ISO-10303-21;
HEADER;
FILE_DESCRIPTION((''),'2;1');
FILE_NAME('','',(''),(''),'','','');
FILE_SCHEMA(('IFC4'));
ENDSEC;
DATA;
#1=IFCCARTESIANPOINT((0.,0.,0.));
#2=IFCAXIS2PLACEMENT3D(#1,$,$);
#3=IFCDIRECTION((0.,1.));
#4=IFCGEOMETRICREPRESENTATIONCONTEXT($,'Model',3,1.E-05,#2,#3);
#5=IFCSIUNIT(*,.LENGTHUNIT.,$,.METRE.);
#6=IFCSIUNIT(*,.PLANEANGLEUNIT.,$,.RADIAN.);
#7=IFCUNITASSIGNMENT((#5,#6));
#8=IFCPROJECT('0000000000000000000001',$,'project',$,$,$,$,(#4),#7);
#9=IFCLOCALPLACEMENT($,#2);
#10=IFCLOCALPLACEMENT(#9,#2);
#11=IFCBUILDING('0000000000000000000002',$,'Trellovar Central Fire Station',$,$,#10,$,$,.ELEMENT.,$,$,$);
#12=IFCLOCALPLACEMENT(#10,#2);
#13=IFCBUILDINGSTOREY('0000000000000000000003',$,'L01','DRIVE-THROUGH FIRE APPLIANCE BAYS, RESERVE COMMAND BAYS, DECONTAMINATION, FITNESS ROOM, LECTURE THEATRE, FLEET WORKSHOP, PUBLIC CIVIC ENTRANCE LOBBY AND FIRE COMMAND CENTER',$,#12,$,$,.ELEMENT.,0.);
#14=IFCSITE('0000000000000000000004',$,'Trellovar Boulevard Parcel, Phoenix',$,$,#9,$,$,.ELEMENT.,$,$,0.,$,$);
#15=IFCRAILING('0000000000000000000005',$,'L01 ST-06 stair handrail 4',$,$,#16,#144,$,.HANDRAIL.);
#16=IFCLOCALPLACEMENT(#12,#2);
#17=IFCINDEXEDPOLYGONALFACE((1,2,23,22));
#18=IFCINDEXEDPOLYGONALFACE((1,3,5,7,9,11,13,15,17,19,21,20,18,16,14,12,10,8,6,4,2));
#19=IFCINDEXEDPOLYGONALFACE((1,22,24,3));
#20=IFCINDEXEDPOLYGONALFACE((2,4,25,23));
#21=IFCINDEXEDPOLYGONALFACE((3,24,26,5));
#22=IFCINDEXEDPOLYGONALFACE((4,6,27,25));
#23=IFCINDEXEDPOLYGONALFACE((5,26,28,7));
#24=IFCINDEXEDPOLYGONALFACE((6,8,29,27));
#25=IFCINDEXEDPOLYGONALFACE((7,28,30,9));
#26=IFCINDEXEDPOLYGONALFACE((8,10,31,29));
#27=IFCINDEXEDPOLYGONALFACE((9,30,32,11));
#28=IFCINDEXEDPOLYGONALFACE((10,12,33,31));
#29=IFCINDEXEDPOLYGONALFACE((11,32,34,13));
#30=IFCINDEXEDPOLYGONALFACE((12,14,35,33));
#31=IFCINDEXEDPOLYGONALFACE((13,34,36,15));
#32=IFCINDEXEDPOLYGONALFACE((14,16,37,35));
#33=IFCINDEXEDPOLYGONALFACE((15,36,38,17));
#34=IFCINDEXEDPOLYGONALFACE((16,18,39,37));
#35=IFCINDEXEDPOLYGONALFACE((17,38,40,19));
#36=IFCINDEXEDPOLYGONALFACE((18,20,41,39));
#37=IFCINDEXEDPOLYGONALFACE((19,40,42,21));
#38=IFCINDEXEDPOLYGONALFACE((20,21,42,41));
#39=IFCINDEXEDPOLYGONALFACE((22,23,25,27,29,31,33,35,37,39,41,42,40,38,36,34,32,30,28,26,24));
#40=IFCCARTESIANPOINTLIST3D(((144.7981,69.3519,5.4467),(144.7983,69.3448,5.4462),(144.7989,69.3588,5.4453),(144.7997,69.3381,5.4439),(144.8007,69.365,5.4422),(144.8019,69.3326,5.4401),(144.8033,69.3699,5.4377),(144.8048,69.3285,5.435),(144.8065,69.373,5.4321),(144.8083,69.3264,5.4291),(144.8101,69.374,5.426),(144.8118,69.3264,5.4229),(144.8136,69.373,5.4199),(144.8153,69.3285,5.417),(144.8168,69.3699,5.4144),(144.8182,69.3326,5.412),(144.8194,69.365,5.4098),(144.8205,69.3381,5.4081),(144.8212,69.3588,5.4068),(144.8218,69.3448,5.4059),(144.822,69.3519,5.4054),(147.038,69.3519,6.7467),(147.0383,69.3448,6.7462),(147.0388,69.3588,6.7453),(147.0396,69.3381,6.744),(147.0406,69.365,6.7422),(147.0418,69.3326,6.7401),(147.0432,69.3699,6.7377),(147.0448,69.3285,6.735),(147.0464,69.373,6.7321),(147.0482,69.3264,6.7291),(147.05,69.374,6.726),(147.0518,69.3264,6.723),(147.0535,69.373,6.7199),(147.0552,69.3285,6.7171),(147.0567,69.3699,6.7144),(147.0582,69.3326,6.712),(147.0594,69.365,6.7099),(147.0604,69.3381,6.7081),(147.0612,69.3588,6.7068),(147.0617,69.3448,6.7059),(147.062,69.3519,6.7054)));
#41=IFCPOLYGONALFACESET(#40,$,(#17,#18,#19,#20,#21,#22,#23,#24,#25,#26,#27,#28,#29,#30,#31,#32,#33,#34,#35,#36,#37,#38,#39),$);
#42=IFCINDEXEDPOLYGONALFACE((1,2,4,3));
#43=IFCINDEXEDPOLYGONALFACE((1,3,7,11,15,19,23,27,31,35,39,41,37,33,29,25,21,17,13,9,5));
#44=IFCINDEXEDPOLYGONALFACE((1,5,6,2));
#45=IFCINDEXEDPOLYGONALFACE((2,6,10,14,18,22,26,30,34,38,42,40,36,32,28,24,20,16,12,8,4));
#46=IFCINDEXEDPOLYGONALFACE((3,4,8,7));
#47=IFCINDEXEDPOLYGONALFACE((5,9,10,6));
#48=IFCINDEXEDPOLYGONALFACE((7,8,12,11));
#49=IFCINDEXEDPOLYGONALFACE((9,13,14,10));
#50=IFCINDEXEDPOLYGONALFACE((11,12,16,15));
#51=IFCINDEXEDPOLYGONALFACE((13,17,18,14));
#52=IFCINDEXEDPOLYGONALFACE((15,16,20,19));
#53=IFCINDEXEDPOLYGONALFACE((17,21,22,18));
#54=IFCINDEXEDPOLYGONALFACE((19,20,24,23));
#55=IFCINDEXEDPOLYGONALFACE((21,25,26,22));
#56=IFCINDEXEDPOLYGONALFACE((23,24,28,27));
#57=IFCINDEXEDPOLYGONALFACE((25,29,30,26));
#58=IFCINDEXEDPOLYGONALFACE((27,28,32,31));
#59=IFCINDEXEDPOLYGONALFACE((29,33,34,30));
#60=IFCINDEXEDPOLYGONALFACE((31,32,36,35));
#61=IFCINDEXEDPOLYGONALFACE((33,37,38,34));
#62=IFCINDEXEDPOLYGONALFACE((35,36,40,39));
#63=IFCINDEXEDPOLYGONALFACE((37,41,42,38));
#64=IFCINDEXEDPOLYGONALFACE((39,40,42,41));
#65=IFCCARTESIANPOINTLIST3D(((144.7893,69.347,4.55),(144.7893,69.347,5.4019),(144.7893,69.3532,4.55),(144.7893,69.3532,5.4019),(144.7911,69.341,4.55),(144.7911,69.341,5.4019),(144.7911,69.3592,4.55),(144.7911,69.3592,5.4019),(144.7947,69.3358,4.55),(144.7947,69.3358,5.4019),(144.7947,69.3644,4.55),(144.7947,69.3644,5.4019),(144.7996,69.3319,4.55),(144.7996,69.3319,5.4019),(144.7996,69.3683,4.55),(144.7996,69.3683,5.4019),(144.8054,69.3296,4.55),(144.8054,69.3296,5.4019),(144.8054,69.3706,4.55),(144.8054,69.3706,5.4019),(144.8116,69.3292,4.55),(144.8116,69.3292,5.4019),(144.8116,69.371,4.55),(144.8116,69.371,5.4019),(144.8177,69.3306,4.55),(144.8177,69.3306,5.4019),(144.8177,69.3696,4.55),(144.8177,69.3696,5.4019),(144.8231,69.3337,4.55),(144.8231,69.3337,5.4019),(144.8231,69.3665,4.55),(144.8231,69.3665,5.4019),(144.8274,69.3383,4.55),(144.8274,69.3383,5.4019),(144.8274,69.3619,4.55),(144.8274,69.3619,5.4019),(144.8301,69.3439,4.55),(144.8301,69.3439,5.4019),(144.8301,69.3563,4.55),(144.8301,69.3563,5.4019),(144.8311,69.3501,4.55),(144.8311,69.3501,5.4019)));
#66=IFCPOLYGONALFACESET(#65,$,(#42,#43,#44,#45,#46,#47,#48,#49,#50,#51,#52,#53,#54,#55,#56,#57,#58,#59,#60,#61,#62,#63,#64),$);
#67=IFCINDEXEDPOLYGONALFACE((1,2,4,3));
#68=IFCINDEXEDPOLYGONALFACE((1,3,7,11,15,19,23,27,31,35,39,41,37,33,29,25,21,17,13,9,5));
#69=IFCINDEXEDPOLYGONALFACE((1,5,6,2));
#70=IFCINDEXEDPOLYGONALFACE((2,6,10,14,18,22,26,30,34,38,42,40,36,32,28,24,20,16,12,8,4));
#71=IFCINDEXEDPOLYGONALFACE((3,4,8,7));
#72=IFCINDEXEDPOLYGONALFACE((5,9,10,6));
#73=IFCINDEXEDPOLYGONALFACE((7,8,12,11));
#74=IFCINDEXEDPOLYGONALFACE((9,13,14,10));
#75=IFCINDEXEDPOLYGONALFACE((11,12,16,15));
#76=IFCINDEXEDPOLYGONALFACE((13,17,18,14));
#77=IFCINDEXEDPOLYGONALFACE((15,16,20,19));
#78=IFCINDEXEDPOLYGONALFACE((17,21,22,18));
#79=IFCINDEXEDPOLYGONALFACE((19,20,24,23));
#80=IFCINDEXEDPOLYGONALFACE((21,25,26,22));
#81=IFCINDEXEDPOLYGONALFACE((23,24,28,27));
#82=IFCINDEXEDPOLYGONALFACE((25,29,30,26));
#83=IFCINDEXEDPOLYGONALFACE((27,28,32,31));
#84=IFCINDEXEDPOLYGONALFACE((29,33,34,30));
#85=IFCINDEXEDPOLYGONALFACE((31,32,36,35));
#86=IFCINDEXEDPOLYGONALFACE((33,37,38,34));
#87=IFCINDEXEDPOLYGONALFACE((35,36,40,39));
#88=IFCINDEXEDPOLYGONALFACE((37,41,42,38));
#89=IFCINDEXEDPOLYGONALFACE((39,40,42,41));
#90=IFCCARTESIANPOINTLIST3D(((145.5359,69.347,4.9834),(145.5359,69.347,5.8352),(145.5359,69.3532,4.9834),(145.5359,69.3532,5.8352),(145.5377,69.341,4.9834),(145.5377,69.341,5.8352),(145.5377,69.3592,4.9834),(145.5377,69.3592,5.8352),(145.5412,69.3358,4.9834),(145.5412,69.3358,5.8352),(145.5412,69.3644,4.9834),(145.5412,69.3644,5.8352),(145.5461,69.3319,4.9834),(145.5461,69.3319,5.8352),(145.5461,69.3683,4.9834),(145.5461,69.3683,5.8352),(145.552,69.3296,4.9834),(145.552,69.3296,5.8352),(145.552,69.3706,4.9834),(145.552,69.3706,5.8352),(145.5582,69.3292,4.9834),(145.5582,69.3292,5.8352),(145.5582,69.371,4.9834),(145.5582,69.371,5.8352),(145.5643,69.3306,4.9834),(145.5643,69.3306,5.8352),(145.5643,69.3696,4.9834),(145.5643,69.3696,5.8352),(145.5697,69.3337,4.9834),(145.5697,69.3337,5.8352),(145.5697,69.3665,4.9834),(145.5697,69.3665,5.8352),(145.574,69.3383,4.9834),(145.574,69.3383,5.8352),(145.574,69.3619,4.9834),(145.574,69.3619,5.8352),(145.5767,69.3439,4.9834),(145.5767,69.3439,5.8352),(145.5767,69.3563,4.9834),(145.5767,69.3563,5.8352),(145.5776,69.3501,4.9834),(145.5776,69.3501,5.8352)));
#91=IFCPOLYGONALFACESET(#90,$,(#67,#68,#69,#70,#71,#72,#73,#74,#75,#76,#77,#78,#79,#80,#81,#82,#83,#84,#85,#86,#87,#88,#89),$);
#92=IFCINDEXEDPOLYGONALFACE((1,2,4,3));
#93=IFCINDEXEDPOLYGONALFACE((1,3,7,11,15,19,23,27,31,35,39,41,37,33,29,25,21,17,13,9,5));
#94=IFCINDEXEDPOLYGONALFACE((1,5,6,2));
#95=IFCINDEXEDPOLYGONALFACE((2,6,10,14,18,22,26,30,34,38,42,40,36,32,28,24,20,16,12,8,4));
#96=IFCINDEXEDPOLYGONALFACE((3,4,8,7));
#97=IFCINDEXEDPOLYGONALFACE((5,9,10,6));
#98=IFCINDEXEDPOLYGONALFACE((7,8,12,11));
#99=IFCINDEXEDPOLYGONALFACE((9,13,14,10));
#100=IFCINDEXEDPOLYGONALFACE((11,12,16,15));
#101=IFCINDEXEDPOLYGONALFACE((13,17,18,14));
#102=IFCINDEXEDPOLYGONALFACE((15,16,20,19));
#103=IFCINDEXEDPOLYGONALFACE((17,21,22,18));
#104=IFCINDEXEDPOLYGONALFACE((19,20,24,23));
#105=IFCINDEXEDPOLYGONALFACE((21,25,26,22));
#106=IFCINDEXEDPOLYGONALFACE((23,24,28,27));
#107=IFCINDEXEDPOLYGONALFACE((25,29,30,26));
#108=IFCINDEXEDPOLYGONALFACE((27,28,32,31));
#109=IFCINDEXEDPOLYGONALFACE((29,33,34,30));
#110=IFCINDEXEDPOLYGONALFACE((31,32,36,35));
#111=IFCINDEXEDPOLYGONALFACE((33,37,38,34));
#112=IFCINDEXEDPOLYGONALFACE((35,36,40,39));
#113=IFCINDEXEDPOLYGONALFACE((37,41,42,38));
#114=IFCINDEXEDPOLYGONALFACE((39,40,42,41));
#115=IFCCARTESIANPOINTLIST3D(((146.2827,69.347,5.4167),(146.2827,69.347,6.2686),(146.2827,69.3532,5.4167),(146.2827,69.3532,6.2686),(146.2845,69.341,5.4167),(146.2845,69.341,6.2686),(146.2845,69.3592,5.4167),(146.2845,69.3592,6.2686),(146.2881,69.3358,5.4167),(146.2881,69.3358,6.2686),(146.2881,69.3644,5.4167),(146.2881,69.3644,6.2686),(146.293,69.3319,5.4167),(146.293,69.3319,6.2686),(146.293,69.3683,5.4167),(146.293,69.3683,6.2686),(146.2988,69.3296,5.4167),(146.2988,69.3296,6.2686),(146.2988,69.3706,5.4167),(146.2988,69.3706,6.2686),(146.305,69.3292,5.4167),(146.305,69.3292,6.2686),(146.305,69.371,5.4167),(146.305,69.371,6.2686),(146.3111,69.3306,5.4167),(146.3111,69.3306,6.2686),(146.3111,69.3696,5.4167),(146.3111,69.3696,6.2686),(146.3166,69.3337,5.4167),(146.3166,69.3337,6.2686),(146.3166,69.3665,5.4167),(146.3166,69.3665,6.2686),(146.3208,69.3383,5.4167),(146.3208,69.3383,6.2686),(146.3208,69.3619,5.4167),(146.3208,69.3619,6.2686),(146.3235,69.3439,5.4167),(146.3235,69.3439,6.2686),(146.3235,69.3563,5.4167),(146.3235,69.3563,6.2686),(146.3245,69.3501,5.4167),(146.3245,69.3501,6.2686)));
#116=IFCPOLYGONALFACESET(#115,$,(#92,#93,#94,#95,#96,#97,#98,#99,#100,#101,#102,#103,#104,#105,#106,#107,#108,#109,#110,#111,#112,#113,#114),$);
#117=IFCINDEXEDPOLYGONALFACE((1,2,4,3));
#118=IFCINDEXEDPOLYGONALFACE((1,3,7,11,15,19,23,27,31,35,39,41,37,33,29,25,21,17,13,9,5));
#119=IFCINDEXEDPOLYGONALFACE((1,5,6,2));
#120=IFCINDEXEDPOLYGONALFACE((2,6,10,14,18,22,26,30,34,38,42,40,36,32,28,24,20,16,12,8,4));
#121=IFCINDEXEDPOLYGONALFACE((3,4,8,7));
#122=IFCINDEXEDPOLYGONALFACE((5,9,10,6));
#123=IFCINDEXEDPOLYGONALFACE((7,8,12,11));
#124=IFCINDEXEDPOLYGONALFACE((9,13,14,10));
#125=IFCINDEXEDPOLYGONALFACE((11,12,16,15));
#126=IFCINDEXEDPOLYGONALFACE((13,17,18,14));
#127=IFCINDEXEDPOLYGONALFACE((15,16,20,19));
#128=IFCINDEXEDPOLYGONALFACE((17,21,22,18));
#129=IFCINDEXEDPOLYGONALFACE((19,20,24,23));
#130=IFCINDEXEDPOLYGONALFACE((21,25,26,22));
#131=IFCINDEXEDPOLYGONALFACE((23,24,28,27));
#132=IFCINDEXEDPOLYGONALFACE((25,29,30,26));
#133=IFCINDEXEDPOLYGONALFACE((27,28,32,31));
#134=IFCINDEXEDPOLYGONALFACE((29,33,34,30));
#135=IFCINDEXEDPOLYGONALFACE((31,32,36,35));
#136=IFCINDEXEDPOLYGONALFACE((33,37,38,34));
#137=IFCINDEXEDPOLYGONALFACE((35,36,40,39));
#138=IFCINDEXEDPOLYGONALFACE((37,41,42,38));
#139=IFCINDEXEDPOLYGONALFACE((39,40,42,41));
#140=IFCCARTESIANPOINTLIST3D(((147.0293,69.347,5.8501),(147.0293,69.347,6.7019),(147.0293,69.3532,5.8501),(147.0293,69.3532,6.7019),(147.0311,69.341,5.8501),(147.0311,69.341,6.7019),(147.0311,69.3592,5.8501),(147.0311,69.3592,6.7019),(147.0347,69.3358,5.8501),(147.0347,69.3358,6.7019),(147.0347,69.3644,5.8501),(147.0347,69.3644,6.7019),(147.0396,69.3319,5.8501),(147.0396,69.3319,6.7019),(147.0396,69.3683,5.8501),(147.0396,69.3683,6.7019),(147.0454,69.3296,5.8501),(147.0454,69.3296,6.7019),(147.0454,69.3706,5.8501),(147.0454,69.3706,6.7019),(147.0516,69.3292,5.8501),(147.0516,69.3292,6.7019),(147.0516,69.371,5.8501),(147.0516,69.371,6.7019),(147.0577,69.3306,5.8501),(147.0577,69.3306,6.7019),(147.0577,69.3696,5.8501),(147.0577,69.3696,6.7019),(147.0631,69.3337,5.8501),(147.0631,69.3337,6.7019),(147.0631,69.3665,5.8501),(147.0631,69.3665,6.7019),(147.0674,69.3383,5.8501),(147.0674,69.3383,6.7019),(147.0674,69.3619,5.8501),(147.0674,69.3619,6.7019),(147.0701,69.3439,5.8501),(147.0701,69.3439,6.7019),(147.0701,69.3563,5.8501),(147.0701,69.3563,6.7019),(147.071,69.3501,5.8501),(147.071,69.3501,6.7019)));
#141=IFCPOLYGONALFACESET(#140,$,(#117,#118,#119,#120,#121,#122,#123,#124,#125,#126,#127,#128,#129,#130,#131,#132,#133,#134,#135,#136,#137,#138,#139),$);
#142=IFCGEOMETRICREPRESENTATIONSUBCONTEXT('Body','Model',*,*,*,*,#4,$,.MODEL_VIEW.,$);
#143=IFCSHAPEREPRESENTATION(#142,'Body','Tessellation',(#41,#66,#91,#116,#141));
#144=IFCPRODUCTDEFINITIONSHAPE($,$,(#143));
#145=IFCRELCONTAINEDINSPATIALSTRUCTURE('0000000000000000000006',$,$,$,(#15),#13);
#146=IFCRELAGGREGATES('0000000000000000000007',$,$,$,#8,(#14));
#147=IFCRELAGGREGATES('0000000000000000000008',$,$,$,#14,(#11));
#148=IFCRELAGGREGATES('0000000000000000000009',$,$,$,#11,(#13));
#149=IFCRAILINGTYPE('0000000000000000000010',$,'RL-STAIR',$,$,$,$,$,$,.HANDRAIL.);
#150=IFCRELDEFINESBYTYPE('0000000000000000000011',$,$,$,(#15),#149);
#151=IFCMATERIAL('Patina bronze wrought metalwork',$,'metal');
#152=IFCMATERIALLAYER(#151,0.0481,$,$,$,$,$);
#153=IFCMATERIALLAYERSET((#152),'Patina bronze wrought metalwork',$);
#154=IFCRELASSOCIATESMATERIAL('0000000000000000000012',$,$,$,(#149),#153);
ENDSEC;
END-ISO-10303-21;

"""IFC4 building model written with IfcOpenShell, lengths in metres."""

from ifc_helpers import new_model, si_unit, direction, frame, origin, origin_2d, place, context, subcontext, project, spatial, circle, extrude, material, layer, layer_set, type_object, element, save


model = new_model("IFC4")

# Units and contexts
model_context = context("Model", 3, precision=1e-05, world=origin(), true_north=direction((0.0, 1.0)))
body_context = subcontext(model_context, "Body", "Model", "MODEL_VIEW")
ifc_project = project(units=[si_unit("LENGTHUNIT", "METRE"), si_unit("PLANEANGLEUNIT", "RADIAN")], contexts=[model_context])

# Site, building, storey
site_placement = place(None, origin())
site = spatial("IfcSite", under=ifc_project, at=site_placement, Name="Trellovar Boulevard Parcel, Phoenix", CompositionType="ELEMENT", RefElevation=0.0)
building_placement = place(site_placement, origin())
building = spatial("IfcBuilding", under=site, at=building_placement, Name="Trellovar Central Fire Station", CompositionType="ELEMENT")
storey_placement = place(building_placement, origin())
storey = spatial("IfcBuildingStorey", under=building, at=storey_placement, Name="L01", Description="DRIVE-THROUGH FIRE APPLIANCE BAYS, RESERVE COMMAND BAYS, DECONTAMINATION, FITNESS ROOM, LECTURE THEATRE, FLEET WORKSHOP, PUBLIC CIVIC ENTRANCE LOBBY AND FIRE COMMAND CENTER", CompositionType="ELEMENT", Elevation=0.0)

# Railing
ifc_material_1 = material(Name="Patina bronze wrought metalwork", Category="metal")
ifc_layer_1 = layer(ifc_material_1, 0.0481)
ifc_layer_set_1 = layer_set([ifc_layer_1], Name="Patina bronze wrought metalwork")
railing_type_1 = type_object("IfcRailingType", Name="RL-STAIR", PredefinedType="HANDRAIL", material=ifc_layer_set_1)
for number, where, name in (
    (1, (144.8101, 69.3501, 4.55), "L01 ST-06 stair handrail 4"),
):
    element("IfcRailing", number, at=place(storey_placement, frame(where)), inside=storey, type_object=railing_type_1, Name=name, PredefinedType="HANDRAIL", context=body_context, shape_type="SweptSolid", body=[
        extrude(circle(Radius=0.0239, at=origin_2d()), frame((0.0, 0.0, 0.876), z_axis=(0.864888, 0.0, 0.501965), x_axis=(0.0, 1.0, 0.0)), (0.0, 0.0, 1.0), 2.5898),
        extrude(circle(Radius=0.021, at=origin_2d()), origin(), (0.0, 0.0, 1.0), 0.8518),
        extrude(circle(Radius=0.021, at=origin_2d()), frame((0.7466, 0.0, 0.4333)), (0.0, 0.0, 1.0), 0.8518),
        extrude(circle(Radius=0.021, at=origin_2d()), frame((1.4934, 0.0, 0.8667)), (0.0, 0.0, 1.0), 0.8518),
        extrude(circle(Radius=0.021, at=origin_2d()), frame((2.24, 0.0, 1.3)), (0.0, 0.0, 1.0), 0.8518),
    ])

save(model, "model.ifc")
